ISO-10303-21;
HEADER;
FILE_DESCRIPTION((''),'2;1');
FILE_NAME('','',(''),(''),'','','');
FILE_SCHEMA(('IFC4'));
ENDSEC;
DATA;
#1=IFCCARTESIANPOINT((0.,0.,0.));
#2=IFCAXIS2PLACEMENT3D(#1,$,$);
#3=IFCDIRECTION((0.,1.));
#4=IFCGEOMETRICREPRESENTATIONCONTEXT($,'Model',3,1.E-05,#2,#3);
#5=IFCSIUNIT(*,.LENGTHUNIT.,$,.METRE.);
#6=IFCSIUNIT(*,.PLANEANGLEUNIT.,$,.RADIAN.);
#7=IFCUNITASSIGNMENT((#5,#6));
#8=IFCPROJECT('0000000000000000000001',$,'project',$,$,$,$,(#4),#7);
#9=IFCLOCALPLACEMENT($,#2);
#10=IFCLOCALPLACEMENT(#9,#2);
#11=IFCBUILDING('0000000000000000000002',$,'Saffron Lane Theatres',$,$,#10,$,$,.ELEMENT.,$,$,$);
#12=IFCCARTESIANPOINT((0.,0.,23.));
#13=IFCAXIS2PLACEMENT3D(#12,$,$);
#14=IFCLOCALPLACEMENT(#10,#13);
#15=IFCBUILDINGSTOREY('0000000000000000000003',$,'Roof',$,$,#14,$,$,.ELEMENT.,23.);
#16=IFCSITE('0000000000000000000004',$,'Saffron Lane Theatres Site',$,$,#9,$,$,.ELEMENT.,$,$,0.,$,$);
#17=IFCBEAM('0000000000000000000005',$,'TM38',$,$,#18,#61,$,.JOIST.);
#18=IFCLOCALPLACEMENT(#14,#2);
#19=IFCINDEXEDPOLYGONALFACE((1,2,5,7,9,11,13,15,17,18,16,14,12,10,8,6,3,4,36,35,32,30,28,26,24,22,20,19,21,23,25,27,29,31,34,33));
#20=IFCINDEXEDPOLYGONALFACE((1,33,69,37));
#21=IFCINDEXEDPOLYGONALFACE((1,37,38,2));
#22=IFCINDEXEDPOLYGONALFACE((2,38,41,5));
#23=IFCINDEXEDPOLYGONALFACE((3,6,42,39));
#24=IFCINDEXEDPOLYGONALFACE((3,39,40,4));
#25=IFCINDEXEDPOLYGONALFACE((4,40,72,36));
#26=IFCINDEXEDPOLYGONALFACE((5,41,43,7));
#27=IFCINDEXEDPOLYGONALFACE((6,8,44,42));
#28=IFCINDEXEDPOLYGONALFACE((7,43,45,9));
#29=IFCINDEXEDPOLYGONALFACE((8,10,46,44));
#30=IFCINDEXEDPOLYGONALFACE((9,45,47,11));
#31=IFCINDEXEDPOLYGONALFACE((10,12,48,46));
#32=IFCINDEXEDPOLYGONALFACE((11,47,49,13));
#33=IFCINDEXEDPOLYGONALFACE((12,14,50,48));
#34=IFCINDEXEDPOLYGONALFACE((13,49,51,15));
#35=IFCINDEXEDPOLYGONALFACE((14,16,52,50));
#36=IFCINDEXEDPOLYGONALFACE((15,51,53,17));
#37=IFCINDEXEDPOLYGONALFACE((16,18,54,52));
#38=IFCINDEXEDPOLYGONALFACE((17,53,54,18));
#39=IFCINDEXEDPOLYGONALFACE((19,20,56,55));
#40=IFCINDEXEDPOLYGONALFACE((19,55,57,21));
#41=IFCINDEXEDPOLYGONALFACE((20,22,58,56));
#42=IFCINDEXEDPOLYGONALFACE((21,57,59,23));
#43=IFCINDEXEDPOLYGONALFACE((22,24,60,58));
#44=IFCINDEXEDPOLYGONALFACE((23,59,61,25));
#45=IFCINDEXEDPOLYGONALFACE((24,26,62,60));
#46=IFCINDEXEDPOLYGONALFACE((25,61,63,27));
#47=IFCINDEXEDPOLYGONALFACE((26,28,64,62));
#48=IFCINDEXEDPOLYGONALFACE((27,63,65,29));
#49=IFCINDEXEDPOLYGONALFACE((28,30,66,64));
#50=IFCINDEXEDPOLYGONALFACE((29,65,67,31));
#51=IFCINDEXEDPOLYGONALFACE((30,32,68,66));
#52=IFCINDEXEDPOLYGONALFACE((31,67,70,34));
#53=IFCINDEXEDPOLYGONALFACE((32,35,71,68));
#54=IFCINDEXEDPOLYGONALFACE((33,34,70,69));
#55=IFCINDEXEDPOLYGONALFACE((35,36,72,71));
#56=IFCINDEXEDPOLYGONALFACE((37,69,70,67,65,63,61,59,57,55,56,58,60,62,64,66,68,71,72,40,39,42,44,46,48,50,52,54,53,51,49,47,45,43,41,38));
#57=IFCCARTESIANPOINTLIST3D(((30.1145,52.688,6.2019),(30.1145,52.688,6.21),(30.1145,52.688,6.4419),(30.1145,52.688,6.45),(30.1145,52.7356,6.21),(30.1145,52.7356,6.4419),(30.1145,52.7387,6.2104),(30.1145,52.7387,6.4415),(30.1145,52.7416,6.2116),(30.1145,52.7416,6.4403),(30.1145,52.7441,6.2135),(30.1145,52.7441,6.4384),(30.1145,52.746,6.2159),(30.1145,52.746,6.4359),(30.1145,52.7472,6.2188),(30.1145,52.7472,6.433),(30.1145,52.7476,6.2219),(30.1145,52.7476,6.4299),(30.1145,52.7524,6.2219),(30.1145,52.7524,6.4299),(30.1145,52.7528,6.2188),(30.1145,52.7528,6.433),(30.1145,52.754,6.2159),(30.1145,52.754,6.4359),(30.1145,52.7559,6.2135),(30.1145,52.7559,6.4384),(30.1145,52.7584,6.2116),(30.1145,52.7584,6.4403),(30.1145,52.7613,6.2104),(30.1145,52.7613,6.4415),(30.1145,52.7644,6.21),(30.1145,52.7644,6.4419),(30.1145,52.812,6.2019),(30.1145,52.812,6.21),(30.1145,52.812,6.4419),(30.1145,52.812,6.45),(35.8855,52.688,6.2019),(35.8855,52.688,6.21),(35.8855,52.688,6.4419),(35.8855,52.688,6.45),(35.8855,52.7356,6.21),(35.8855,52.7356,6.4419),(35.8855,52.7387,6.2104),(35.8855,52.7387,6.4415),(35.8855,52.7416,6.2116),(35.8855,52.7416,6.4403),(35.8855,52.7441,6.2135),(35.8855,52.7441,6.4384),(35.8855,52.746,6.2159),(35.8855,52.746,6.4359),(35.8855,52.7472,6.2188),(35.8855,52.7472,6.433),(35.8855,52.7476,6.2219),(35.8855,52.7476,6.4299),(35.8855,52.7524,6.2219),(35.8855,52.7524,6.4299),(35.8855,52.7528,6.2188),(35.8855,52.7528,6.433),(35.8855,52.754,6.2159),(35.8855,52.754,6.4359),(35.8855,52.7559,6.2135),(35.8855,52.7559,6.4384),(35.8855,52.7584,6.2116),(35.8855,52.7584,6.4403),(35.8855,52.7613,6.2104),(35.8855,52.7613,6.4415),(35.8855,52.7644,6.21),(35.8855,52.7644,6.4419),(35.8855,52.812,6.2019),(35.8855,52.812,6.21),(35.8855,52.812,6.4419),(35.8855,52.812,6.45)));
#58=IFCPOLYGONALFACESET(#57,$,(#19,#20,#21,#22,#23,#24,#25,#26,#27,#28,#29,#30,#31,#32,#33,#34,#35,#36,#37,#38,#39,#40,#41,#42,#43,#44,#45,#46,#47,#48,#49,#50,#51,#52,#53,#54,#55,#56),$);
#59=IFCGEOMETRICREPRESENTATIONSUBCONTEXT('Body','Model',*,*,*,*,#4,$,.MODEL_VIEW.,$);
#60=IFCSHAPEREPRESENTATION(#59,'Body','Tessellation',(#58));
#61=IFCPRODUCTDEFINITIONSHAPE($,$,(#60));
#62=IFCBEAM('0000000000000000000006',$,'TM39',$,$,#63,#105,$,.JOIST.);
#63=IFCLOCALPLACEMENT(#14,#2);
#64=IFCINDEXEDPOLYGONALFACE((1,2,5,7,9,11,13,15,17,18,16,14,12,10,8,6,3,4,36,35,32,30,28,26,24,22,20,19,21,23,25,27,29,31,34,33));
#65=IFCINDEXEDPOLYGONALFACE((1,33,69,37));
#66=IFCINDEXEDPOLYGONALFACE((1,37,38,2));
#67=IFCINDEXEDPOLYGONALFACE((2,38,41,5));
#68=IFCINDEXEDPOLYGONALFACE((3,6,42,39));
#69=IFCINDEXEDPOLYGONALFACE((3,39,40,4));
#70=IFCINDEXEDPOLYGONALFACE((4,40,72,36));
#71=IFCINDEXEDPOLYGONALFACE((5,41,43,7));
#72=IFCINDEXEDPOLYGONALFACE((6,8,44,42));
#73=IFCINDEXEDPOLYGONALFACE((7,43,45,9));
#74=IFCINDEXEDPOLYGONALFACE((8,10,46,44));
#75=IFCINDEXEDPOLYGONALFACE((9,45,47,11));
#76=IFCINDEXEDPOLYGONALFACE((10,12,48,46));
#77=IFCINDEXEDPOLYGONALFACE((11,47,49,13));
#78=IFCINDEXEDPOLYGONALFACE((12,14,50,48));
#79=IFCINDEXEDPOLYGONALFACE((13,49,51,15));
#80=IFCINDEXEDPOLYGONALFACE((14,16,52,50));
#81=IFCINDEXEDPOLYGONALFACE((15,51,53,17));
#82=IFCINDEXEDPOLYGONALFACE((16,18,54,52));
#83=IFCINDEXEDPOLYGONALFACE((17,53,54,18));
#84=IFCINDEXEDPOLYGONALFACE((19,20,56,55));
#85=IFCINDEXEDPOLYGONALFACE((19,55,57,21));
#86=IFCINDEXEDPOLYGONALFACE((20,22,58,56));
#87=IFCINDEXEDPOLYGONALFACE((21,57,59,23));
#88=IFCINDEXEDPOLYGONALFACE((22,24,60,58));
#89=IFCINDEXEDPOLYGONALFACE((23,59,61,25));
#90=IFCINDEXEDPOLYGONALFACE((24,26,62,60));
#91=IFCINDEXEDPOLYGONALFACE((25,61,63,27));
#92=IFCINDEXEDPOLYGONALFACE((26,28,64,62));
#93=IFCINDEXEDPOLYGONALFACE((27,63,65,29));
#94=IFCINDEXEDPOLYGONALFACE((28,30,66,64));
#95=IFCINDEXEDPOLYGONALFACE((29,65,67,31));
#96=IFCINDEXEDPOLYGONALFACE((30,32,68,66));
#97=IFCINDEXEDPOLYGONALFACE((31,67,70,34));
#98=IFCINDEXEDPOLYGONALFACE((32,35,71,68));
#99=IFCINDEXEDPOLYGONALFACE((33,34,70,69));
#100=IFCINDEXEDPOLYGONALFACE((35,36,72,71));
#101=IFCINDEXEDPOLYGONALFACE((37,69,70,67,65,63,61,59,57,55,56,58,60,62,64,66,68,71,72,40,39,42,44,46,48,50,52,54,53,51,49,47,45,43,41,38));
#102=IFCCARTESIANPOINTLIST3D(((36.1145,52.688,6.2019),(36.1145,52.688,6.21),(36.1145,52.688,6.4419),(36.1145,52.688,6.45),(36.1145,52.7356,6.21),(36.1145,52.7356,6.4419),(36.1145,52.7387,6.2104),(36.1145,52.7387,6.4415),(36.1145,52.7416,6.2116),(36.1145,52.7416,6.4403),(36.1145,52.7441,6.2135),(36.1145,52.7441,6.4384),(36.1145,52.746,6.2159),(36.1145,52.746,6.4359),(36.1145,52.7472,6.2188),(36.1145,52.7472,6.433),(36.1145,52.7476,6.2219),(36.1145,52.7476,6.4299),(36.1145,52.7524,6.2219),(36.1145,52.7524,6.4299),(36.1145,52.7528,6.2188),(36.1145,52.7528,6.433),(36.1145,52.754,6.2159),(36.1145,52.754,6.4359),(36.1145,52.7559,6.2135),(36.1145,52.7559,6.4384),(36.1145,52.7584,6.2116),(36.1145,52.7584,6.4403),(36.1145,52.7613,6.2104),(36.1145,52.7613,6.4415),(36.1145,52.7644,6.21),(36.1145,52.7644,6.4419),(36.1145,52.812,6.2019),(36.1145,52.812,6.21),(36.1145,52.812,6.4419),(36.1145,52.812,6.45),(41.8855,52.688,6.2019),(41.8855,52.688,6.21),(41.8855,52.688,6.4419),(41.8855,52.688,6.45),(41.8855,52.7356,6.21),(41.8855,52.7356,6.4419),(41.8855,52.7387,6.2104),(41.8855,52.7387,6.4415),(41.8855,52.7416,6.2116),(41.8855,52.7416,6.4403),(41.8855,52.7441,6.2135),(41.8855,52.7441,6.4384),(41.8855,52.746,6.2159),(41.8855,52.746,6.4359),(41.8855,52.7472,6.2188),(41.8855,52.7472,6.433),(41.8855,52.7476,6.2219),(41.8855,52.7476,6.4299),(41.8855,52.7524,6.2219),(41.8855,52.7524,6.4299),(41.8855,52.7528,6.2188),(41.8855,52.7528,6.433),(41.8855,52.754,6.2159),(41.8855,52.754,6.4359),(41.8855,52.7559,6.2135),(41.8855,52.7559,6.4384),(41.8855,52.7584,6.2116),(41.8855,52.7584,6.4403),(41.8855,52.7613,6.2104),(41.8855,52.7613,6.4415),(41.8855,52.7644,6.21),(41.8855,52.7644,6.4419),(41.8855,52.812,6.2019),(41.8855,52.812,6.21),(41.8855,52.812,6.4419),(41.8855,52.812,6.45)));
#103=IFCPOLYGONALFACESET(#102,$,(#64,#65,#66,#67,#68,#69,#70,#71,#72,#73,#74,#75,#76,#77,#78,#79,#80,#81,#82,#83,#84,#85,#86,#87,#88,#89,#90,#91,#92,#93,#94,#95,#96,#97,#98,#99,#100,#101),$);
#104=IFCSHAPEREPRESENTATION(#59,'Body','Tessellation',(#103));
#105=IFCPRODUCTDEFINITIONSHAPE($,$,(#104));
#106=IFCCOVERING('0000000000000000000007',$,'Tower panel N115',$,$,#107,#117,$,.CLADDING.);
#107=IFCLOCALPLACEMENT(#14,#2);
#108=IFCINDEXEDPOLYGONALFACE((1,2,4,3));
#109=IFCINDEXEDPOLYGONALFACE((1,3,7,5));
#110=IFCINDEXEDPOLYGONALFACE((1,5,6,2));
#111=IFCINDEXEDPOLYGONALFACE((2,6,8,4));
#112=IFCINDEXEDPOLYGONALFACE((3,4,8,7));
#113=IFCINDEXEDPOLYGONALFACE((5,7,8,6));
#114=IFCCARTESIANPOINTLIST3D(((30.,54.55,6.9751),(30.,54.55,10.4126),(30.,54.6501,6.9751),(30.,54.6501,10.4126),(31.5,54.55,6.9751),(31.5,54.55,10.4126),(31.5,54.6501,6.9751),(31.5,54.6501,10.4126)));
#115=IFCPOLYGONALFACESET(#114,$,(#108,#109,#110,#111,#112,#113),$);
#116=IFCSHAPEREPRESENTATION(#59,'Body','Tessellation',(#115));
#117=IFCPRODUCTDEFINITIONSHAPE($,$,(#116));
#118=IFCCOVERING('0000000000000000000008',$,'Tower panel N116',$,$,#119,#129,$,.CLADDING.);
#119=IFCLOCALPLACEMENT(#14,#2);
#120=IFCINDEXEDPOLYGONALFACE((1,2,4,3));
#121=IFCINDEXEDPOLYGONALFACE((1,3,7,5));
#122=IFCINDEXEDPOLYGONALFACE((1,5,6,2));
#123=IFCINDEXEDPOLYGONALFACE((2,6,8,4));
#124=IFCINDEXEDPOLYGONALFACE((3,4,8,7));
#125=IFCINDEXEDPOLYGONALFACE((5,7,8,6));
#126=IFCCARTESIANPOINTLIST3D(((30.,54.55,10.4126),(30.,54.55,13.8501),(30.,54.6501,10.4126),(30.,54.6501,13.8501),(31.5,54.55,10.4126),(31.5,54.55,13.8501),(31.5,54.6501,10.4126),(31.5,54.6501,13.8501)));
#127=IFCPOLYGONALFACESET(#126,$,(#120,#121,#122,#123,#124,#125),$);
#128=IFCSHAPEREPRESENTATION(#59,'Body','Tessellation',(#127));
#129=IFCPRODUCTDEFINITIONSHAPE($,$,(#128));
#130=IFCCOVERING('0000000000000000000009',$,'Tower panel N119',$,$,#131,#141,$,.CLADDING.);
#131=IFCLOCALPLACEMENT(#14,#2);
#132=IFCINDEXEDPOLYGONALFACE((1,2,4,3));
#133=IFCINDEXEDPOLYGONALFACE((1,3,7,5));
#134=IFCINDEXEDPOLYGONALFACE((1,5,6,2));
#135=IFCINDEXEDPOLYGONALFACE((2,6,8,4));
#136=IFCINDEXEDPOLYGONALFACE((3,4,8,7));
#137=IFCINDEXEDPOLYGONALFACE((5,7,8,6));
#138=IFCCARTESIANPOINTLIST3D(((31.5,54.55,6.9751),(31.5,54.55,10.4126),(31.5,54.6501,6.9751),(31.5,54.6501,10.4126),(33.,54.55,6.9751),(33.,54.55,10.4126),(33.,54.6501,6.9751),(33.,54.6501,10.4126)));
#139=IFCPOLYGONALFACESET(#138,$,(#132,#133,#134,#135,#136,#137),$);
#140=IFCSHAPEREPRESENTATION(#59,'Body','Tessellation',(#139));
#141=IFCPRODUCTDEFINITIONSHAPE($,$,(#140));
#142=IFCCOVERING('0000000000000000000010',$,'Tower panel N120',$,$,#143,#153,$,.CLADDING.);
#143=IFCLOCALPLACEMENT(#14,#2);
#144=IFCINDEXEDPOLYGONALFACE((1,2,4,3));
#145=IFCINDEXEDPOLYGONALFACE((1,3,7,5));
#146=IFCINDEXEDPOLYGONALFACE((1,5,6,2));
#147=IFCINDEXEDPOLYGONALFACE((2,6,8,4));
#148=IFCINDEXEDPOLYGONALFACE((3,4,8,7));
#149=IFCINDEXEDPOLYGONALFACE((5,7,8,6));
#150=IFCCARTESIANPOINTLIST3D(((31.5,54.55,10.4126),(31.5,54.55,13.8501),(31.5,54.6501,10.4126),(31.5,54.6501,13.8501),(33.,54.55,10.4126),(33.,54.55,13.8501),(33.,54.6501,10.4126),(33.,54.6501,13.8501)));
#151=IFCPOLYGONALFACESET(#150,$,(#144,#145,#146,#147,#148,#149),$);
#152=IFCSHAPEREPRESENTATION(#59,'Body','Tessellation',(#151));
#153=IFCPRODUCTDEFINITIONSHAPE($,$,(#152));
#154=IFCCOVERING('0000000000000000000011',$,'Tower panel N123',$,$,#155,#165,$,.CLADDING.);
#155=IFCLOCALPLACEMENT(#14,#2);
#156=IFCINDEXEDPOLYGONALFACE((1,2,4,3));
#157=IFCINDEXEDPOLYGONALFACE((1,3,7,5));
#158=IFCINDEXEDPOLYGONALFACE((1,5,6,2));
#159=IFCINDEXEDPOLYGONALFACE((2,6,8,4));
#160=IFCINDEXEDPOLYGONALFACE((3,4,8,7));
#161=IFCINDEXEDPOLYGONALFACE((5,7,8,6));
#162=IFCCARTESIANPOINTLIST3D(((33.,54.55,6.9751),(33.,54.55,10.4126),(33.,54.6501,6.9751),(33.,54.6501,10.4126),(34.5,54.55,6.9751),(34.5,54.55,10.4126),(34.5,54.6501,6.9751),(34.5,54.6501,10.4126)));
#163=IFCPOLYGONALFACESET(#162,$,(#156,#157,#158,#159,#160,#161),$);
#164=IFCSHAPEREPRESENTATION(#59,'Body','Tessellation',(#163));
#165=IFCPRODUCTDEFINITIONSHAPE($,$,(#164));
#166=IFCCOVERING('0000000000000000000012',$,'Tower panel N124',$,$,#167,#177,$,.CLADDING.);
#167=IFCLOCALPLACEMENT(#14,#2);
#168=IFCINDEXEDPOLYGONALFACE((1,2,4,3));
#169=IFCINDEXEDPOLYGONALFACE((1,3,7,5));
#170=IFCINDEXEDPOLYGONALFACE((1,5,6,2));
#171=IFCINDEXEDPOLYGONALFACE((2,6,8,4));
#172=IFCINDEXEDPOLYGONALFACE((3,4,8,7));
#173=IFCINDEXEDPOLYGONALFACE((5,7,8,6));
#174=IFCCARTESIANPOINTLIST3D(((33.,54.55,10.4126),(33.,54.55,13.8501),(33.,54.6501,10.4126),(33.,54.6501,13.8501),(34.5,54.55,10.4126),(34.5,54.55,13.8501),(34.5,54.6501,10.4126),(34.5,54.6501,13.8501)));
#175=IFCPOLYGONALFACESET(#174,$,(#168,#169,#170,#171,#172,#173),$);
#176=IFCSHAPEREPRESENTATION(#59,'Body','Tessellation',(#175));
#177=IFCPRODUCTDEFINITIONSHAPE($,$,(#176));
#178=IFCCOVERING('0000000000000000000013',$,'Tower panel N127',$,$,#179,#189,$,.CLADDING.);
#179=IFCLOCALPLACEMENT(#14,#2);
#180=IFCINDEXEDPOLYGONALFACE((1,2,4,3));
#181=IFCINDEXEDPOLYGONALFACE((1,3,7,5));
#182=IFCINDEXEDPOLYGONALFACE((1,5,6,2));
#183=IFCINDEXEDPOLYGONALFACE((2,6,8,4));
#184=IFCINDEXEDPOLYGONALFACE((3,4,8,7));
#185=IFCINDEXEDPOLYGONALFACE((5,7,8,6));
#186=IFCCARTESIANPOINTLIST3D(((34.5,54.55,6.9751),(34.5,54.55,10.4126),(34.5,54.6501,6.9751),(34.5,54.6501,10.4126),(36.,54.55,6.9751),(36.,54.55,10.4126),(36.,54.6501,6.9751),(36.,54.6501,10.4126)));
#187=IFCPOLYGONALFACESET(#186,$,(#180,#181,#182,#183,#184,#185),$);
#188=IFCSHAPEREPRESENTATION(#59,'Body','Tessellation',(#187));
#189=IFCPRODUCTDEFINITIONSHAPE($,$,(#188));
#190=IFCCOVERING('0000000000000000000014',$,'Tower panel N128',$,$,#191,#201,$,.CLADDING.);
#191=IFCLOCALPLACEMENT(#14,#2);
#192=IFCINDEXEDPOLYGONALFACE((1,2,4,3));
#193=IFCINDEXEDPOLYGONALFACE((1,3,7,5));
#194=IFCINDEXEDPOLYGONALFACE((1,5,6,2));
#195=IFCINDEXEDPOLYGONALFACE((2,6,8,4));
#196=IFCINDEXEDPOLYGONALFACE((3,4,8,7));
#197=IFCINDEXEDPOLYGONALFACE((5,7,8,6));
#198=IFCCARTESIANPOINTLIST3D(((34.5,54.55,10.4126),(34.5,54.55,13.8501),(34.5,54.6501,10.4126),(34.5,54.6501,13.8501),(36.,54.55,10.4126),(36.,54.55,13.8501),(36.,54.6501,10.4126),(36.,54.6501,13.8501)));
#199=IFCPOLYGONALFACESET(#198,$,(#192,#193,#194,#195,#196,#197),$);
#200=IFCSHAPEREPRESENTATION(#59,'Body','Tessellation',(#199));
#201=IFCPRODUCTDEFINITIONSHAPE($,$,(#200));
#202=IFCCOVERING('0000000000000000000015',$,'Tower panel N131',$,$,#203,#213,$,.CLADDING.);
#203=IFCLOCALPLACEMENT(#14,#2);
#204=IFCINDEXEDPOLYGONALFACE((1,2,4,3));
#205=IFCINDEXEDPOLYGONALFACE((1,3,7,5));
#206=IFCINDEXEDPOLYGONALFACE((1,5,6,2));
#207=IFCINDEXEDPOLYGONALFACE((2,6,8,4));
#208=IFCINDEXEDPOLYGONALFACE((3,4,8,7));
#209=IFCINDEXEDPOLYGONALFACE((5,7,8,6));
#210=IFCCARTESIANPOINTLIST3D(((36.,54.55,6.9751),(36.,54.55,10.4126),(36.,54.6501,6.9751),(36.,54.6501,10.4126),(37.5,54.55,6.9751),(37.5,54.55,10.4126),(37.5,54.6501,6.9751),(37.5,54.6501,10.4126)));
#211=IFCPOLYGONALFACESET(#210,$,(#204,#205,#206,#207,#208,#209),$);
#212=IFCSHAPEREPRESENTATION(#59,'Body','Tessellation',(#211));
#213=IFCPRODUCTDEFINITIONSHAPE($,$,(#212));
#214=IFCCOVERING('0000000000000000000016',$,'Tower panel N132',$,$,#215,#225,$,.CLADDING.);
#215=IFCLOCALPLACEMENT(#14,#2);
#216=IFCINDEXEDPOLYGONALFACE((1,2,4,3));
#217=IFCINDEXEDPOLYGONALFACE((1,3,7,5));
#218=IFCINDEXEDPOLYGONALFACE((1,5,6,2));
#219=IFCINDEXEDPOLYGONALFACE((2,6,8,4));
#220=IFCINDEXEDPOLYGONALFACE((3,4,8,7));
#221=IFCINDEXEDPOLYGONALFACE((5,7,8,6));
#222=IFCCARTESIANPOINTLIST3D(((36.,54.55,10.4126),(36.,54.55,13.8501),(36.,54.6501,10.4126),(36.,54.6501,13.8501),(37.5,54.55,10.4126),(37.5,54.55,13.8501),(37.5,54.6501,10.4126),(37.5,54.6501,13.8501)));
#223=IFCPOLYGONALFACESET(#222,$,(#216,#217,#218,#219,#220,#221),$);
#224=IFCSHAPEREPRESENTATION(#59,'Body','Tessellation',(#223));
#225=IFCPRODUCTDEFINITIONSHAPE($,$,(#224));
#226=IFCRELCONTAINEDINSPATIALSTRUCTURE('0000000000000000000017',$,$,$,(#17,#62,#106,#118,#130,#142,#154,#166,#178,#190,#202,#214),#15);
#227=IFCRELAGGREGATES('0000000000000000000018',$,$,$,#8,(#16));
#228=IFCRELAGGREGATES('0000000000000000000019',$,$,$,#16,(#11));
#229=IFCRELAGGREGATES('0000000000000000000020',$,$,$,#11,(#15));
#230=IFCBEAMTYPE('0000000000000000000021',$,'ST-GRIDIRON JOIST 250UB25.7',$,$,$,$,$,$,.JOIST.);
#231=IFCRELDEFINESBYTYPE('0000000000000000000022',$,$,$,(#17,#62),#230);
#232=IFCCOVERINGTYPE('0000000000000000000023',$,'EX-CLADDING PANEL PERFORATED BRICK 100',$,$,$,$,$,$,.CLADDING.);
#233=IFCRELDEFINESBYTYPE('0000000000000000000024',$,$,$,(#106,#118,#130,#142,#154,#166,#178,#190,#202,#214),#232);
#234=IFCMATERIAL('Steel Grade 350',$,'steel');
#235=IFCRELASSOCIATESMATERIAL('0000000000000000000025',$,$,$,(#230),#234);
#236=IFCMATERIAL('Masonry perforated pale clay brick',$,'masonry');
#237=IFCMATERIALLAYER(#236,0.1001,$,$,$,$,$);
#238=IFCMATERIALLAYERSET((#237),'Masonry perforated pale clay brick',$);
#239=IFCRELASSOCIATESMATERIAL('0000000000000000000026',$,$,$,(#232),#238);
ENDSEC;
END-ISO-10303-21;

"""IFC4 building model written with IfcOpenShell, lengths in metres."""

from ifc_helpers import new_model, si_unit, direction, frame, origin, origin_2d, place, context, subcontext, project, spatial, rectangle, i_section, extrude, material, layer, layer_set, material_profile, profile_set, type_object, element, save


model = new_model("IFC4")

# Units and contexts
model_context = context("Model", 3, precision=1e-05, world=origin(), true_north=direction((0.0, 1.0)))
body_context = subcontext(model_context, "Body", "Model", "MODEL_VIEW")
ifc_project = project(units=[si_unit("LENGTHUNIT", "METRE"), si_unit("PLANEANGLEUNIT", "RADIAN")], contexts=[model_context])

# Site, building, storey
site_placement = place(None, origin())
site = spatial("IfcSite", under=ifc_project, at=site_placement, Name="Saffron Lane Theatres Site", CompositionType="ELEMENT", RefElevation=0.0)
building_placement = place(site_placement, origin())
building = spatial("IfcBuilding", under=site, at=building_placement, Name="Saffron Lane Theatres", CompositionType="ELEMENT")
storey_placement = place(building_placement, frame((0.0, 0.0, 23.0)))
storey = spatial("IfcBuildingStorey", under=building, at=storey_placement, Name="Roof", CompositionType="ELEMENT", Elevation=23.0)

# Beams
ifc_material_1 = material(Name="Steel Grade 350", Category="steel")
ifc_material_profile_1 = material_profile(ifc_material_1, i_section(OverallWidth=0.124, OverallDepth=0.248, WebThickness=0.0049, FlangeThickness=0.0081, FilletRadius=0.012, at=origin_2d()))
ifc_profile_set_1 = profile_set([ifc_material_profile_1], Name="Steel Grade 350")
beam_type_1 = type_object("IfcBeamType", Name="ST-GRIDIRON JOIST 250UB25.7", PredefinedType="JOIST", material=ifc_profile_set_1)
for number, where, z_axis, x_axis, name in (
    (1, (30.1145, 52.75, 6.3259), (1.0, 0.0, 0.0), (0.0, 1.0, 0.0), "TM38"),
    (2, (36.1145, 52.75, 6.3259), (1.0, 0.0, 0.0), (0.0, 1.0, 0.0), "TM39"),
):
    element("IfcBeam", number, at=place(storey_placement, frame(where, z_axis=z_axis, x_axis=x_axis)), inside=storey, type_object=beam_type_1, Name=name, PredefinedType="JOIST", context=body_context, shape_type="SweptSolid", body=[
        extrude(i_section(OverallWidth=0.124, OverallDepth=0.248, WebThickness=0.0049, FlangeThickness=0.0081, FilletRadius=0.012, at=origin_2d()), origin(), (0.0, 0.0, 1.0), 5.771),
    ])

# Coverings
ifc_material_2 = material(Name="Masonry perforated pale clay brick", Category="masonry")
ifc_layer_1 = layer(ifc_material_2, 0.1001)
ifc_layer_set_1 = layer_set([ifc_layer_1], Name="Masonry perforated pale clay brick")
covering_type_1 = type_object("IfcCoveringType", Name="EX-CLADDING PANEL PERFORATED BRICK 100", PredefinedType="CLADDING", material=ifc_layer_set_1)
for number, where, z_axis, x_axis, name in (
    (3, (30.75, 54.6001, 6.9751), (0.0, 0.0, 1.0), (1.0, 0.0, 0.0), "Tower panel N115"),
    (4, (30.75, 54.6001, 10.4126), (0.0, 0.0, 1.0), (1.0, 0.0, 0.0), "Tower panel N116"),
    (5, (32.25, 54.6001, 6.9751), (0.0, 0.0, 1.0), (1.0, 0.0, 0.0), "Tower panel N119"),
    (6, (32.25, 54.6001, 10.4126), (0.0, 0.0, 1.0), (1.0, 0.0, 0.0), "Tower panel N120"),
    (7, (33.75, 54.6001, 6.9751), (0.0, 0.0, 1.0), (1.0, 0.0, 0.0), "Tower panel N123"),
    (8, (33.75, 54.6001, 10.4126), (0.0, 0.0, 1.0), (1.0, 0.0, 0.0), "Tower panel N124"),
    (9, (35.25, 54.6001, 6.9751), (0.0, 0.0, 1.0), (1.0, 0.0, 0.0), "Tower panel N127"),
    (10, (35.25, 54.6001, 10.4126), (0.0, 0.0, 1.0), (1.0, 0.0, 0.0), "Tower panel N128"),
    (11, (36.75, 54.6001, 6.9751), (0.0, 0.0, 1.0), (1.0, 0.0, 0.0), "Tower panel N131"),
    (12, (36.75, 54.6001, 10.4126), (0.0, 0.0, 1.0), (1.0, 0.0, 0.0), "Tower panel N132"),
):
    element("IfcCovering", number, at=place(storey_placement, frame(where, z_axis=z_axis, x_axis=x_axis)), inside=storey, type_object=covering_type_1, Name=name, PredefinedType="CLADDING", context=body_context, shape_type="SweptSolid", body=[
        extrude(rectangle(XDim=1.5, YDim=0.1001, at=origin_2d()), origin(), (0.0, 0.0, 1.0), 3.4375),
    ])

save(model, "model.ifc")
